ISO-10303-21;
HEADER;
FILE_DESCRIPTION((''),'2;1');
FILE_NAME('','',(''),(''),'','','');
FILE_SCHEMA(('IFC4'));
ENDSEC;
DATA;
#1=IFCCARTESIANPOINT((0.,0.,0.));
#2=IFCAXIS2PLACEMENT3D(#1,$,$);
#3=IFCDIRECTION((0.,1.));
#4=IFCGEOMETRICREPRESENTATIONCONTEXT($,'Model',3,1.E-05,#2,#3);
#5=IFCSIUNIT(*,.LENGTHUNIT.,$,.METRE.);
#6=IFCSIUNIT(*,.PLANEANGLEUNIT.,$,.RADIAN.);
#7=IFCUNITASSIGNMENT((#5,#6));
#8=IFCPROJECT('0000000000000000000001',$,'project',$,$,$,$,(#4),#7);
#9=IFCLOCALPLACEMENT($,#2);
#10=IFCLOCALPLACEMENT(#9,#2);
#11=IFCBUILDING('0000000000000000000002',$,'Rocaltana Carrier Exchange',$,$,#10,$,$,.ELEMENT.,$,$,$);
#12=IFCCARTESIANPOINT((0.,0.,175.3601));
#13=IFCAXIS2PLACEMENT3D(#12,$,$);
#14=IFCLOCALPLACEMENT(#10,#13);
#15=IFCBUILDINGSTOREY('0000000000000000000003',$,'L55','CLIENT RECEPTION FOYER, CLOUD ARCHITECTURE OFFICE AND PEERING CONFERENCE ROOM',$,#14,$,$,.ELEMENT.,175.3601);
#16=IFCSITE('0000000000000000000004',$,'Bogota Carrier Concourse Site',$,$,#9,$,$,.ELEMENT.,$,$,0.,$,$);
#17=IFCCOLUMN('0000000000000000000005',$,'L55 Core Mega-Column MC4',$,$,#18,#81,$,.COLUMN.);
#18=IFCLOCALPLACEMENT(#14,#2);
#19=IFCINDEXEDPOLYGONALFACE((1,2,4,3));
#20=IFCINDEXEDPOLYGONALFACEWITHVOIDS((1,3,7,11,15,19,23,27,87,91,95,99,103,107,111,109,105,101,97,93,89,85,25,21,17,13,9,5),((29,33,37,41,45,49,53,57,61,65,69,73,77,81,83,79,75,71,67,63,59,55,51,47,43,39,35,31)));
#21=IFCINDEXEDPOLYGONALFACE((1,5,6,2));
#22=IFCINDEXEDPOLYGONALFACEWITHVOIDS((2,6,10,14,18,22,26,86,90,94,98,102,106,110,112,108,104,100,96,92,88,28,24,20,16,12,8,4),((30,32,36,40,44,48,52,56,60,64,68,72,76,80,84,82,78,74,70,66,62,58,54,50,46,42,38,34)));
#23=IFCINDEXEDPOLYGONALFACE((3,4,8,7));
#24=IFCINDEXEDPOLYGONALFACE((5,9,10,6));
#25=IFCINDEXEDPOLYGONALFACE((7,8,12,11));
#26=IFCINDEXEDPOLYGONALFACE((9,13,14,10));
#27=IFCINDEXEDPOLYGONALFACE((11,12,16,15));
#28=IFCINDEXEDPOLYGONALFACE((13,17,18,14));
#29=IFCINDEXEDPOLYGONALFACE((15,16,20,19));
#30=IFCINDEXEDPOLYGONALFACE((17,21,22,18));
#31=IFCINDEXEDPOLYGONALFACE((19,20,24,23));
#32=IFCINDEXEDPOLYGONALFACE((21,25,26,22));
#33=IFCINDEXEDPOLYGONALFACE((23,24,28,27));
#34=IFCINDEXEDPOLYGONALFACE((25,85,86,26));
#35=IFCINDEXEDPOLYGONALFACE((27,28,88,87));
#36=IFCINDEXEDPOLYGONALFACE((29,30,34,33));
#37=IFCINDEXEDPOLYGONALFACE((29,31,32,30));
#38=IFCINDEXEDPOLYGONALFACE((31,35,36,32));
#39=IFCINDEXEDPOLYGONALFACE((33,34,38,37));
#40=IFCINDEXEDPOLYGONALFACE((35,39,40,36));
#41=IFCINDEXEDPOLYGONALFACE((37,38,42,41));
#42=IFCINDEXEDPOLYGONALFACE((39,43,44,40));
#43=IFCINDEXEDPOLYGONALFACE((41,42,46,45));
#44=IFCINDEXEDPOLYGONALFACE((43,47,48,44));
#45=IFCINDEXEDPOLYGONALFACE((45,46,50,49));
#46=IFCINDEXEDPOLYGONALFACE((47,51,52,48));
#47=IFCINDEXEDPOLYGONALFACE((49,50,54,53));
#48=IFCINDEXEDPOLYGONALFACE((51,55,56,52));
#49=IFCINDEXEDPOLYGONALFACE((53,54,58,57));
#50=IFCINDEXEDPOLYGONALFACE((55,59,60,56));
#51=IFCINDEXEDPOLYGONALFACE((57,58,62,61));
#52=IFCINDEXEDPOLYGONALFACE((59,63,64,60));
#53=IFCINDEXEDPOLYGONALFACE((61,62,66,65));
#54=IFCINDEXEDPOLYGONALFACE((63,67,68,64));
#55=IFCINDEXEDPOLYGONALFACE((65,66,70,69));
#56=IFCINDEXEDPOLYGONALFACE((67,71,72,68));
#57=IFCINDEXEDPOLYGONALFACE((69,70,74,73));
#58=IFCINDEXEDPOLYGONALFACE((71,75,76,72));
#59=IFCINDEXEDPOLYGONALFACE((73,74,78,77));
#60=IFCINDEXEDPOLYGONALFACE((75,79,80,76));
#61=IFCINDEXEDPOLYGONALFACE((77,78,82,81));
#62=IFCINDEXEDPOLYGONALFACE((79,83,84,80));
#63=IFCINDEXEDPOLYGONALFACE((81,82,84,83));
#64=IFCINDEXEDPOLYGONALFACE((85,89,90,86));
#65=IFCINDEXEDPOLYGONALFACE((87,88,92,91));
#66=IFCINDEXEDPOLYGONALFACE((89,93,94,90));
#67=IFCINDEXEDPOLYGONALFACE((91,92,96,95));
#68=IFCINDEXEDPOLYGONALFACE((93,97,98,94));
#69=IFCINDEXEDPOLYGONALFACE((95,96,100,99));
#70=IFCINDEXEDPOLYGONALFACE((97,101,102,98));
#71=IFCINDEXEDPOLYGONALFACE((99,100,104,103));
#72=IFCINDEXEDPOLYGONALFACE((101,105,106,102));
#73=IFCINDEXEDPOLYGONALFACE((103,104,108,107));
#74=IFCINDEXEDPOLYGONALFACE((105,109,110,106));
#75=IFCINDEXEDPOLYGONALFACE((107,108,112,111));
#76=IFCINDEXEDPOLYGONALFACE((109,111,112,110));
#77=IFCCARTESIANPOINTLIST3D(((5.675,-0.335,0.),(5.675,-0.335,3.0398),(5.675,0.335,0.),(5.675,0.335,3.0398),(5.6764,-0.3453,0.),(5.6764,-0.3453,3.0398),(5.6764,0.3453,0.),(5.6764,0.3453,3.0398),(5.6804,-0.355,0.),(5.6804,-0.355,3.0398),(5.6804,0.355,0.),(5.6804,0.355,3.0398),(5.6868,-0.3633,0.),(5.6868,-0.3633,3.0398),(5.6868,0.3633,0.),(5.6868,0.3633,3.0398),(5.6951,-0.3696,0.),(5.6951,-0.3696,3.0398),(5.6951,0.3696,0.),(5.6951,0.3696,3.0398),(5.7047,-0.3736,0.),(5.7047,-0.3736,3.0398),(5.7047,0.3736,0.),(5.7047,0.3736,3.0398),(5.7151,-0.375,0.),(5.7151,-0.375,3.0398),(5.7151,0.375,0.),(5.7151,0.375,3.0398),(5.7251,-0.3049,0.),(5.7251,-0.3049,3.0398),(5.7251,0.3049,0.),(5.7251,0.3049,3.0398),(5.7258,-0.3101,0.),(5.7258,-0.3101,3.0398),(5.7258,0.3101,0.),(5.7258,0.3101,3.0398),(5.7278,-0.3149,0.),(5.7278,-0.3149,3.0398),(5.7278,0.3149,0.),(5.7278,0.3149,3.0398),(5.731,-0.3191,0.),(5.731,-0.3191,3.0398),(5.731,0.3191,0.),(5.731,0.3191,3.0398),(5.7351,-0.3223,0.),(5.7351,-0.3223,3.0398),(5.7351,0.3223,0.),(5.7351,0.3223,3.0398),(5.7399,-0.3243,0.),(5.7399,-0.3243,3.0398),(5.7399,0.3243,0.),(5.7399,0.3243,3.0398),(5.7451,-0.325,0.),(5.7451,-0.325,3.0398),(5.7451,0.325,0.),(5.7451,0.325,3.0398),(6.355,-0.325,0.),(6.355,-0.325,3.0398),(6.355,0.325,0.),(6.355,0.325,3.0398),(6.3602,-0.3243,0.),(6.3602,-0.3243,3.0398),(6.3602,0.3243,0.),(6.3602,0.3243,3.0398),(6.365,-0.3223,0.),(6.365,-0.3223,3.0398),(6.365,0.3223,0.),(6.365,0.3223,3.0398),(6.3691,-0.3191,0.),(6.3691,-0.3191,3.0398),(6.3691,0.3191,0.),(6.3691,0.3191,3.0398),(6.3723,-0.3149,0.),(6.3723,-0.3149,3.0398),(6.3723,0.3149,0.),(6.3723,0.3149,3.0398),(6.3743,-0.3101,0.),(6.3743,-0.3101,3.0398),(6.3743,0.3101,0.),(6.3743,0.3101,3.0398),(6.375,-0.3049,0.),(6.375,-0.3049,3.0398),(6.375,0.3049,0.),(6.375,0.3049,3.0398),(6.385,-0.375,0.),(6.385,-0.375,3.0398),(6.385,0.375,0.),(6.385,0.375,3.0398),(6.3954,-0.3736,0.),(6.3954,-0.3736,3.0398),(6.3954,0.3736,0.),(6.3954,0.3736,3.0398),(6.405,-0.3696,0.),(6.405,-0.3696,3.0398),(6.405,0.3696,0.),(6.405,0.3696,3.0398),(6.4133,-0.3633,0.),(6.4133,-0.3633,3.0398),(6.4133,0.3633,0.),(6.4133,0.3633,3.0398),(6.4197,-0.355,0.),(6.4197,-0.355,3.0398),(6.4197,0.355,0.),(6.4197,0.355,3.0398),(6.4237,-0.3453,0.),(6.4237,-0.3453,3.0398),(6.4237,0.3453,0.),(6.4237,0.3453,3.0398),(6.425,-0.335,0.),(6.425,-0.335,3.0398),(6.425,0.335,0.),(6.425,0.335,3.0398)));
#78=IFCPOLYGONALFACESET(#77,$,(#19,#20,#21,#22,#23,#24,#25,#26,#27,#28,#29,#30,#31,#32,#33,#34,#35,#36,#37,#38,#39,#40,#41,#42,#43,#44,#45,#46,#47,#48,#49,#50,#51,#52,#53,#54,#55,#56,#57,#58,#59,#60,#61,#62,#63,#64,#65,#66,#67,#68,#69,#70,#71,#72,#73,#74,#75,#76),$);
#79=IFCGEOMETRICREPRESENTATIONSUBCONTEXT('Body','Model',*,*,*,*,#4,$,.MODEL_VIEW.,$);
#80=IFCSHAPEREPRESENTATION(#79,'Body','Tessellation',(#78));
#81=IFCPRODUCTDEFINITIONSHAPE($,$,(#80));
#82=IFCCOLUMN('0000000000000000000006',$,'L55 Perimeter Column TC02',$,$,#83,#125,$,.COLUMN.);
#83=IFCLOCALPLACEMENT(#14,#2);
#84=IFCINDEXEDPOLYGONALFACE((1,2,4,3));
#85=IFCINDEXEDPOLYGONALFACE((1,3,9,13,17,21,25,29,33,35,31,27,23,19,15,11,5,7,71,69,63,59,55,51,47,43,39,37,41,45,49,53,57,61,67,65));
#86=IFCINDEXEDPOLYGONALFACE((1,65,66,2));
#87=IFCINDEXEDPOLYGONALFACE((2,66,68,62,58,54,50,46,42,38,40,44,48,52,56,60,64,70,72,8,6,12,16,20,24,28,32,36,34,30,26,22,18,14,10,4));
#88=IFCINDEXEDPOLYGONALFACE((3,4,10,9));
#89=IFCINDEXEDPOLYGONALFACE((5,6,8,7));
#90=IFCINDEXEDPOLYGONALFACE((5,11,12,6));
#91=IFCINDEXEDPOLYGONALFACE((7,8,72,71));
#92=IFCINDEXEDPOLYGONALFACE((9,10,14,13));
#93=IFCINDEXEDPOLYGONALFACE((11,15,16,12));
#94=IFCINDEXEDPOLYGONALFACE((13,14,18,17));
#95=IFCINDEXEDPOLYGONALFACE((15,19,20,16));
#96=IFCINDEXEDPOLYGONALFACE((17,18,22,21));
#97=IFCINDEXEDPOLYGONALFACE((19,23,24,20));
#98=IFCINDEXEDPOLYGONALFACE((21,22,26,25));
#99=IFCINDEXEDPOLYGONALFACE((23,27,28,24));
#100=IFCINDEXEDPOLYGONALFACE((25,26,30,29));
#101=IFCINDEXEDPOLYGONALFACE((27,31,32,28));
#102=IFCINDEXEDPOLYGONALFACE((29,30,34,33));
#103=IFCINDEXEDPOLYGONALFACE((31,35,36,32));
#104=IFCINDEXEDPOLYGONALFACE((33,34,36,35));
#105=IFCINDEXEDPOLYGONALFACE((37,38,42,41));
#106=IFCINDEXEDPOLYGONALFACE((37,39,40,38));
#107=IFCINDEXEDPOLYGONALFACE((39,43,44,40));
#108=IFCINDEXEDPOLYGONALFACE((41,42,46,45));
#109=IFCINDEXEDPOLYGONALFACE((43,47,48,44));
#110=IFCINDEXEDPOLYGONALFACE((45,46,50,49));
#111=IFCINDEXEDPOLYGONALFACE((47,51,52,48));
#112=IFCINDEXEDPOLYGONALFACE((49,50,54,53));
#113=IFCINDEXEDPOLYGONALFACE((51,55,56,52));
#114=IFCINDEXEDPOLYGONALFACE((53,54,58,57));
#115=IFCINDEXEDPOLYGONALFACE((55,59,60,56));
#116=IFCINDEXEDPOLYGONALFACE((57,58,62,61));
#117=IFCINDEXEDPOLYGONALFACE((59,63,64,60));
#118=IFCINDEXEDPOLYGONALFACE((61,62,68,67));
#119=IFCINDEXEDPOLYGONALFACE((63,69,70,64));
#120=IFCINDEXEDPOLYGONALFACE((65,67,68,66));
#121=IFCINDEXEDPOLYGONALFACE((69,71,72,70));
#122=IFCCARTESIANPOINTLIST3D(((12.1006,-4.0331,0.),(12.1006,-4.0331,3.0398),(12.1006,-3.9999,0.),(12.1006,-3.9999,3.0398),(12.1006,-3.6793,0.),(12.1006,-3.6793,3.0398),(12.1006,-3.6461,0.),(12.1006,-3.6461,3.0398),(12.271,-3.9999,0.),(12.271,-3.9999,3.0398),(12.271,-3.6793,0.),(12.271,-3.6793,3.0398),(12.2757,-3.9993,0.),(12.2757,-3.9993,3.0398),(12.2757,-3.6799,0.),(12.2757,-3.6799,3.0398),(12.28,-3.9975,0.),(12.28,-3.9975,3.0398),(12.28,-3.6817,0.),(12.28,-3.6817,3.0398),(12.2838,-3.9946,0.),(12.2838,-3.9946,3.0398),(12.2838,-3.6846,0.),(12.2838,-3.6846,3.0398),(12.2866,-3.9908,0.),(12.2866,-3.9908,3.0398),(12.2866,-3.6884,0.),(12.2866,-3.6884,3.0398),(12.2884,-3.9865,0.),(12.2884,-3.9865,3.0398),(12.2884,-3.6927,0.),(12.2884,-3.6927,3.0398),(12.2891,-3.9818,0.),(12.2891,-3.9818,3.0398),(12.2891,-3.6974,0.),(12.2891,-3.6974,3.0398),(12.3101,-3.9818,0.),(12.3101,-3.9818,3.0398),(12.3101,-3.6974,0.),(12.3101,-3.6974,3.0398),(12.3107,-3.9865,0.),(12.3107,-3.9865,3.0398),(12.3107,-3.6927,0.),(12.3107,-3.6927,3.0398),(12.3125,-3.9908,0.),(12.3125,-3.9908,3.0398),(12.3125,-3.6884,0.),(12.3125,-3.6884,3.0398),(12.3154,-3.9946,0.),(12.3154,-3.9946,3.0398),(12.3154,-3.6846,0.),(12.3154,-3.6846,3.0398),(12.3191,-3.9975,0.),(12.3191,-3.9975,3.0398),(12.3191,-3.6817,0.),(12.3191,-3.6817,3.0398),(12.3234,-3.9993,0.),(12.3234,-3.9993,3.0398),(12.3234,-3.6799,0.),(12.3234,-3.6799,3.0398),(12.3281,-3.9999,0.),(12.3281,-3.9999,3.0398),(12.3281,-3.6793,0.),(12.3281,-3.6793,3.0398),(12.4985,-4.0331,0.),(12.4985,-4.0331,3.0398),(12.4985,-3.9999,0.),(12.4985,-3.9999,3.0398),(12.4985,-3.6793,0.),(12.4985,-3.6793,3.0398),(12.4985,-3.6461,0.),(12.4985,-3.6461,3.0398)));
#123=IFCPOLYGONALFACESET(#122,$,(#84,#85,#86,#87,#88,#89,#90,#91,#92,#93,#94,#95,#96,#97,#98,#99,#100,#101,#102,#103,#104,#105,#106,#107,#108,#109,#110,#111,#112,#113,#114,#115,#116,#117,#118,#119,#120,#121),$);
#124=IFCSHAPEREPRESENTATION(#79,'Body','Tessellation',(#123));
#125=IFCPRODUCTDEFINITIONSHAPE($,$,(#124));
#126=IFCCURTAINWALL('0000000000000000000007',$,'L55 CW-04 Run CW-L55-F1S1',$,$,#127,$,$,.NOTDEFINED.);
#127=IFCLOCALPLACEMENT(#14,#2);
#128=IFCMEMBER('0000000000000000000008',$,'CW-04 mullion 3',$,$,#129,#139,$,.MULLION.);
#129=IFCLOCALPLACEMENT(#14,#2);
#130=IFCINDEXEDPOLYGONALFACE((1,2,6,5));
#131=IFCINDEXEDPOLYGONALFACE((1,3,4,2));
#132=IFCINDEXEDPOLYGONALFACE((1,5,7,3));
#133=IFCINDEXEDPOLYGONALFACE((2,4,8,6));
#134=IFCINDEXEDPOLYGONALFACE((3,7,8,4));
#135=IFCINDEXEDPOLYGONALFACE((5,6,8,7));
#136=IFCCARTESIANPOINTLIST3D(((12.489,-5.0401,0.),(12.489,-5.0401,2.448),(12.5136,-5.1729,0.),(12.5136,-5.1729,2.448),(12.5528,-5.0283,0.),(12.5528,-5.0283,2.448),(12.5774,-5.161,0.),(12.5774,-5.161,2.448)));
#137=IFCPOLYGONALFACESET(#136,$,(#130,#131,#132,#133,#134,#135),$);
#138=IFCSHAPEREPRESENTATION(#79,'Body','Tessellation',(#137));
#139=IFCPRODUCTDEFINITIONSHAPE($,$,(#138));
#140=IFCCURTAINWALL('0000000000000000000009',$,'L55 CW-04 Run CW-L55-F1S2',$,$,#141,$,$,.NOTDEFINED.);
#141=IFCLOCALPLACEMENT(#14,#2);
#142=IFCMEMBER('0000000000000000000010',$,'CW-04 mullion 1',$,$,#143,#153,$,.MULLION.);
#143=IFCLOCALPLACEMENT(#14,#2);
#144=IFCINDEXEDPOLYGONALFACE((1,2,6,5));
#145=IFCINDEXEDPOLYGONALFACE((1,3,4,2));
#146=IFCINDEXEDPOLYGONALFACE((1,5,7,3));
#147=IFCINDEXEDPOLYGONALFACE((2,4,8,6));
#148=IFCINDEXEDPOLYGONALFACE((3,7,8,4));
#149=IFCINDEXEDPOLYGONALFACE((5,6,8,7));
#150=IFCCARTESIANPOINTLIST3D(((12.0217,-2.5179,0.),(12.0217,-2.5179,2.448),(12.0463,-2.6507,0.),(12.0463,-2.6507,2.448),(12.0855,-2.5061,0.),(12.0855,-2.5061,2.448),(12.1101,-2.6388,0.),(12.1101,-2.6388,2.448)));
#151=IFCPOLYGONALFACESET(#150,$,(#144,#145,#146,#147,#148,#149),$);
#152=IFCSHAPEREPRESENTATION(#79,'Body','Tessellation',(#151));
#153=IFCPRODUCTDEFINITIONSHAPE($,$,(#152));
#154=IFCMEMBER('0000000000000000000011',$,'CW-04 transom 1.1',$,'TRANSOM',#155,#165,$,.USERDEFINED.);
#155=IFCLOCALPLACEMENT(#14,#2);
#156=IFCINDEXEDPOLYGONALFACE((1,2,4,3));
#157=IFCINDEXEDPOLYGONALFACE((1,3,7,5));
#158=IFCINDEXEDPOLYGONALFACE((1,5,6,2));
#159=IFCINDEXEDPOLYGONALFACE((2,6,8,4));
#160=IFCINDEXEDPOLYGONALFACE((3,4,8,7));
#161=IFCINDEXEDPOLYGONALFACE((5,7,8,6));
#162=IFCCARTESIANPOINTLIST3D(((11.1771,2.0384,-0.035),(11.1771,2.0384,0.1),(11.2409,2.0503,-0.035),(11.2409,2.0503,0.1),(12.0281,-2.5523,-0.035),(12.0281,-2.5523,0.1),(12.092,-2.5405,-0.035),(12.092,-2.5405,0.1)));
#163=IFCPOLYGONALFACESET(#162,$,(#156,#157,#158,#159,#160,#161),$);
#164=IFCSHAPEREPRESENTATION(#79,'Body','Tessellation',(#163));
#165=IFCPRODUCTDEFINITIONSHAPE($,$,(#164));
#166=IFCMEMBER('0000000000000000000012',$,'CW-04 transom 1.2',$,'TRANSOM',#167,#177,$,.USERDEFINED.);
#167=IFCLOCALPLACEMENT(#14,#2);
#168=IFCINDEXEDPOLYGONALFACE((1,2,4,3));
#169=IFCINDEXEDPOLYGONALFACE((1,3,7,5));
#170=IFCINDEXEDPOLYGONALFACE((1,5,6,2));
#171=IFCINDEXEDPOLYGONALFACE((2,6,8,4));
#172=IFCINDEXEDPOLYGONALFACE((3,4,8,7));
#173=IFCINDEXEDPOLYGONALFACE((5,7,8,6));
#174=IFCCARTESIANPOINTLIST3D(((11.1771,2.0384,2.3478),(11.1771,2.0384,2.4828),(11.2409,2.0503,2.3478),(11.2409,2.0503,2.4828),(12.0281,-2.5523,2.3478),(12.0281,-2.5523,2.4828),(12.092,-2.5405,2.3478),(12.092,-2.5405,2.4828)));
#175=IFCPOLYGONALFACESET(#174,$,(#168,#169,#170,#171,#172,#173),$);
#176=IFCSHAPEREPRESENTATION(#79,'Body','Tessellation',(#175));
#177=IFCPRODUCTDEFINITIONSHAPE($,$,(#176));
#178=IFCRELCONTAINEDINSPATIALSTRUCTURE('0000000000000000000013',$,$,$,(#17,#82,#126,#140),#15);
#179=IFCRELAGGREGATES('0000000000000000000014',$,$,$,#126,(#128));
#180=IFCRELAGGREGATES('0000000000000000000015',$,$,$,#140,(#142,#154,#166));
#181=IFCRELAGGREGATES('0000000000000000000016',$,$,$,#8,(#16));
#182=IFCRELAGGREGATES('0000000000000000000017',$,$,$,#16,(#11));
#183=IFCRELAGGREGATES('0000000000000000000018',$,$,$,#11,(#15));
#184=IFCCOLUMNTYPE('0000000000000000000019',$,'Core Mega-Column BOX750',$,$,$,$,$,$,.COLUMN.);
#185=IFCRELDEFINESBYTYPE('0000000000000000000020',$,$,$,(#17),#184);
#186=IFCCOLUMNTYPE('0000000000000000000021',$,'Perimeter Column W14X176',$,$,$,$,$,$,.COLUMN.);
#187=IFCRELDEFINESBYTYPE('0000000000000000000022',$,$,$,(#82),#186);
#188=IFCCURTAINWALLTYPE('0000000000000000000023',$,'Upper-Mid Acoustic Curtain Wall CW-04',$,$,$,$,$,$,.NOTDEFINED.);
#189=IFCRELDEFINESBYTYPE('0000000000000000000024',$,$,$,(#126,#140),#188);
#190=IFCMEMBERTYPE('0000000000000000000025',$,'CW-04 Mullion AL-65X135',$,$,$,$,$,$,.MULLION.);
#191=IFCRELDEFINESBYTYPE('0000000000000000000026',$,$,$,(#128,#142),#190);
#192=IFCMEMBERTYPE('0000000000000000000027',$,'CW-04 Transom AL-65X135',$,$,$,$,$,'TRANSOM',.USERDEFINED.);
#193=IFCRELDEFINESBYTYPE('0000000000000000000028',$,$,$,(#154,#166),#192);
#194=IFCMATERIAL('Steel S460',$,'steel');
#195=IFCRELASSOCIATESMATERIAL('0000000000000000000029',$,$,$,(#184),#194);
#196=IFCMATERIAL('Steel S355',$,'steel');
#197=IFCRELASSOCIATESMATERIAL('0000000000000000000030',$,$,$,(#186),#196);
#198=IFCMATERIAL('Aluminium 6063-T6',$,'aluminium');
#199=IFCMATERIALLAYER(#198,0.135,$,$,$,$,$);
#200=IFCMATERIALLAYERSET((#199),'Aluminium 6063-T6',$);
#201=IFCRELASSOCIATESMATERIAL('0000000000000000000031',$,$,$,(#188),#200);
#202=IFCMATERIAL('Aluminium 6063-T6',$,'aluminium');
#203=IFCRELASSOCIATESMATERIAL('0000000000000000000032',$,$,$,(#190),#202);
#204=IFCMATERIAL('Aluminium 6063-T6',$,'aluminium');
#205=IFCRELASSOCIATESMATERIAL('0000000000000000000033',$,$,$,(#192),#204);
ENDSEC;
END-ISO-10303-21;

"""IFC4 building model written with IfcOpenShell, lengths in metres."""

from ifc_helpers import new_model, si_unit, direction, frame, origin, origin_2d, place, context, subcontext, project, spatial, rectangle, hollow_rectangle, i_section, extrude, material, layer, layer_set, material_profile, profile_set, type_object, element, aggregate, save


model = new_model("IFC4")

# Units and contexts
model_context = context("Model", 3, precision=1e-05, world=origin(), true_north=direction((0.0, 1.0)))
body_context = subcontext(model_context, "Body", "Model", "MODEL_VIEW")
ifc_project = project(units=[si_unit("LENGTHUNIT", "METRE"), si_unit("PLANEANGLEUNIT", "RADIAN")], contexts=[model_context])

# Site, building, storey
site_placement = place(None, origin())
site = spatial("IfcSite", under=ifc_project, at=site_placement, Name="Bogota Carrier Concourse Site", CompositionType="ELEMENT", RefElevation=0.0)
building_placement = place(site_placement, origin())
building = spatial("IfcBuilding", under=site, at=building_placement, Name="Rocaltana Carrier Exchange", CompositionType="ELEMENT")
storey_placement = place(building_placement, frame((0.0, 0.0, 175.3601)))
storey = spatial("IfcBuildingStorey", under=building, at=storey_placement, Name="L55", Description="CLIENT RECEPTION FOYER, CLOUD ARCHITECTURE OFFICE AND PEERING CONFERENCE ROOM", CompositionType="ELEMENT", Elevation=175.3601)

# Columns
ifc_material_1 = material(Name="Steel S460", Category="steel")
ifc_material_profile_1 = material_profile(ifc_material_1, hollow_rectangle(XDim=0.75, YDim=0.75, WallThickness=0.05, InnerFilletRadius=0.02, OuterFilletRadius=0.04, at=origin_2d()), Name="BOX750X750X50")
ifc_profile_set_1 = profile_set([ifc_material_profile_1], Name="Steel S460")
column_type_1 = type_object("IfcColumnType", Name="Core Mega-Column BOX750", PredefinedType="COLUMN", material=ifc_profile_set_1)
column_1_placement = place(storey_placement, frame((6.05, 0.0, 0.0), z_axis=(0.0, 0.0, 1.0), x_axis=(1.0, 0.0, 0.0)))
element("IfcColumn", 1, at=column_1_placement, inside=storey, type_object=column_type_1, Name="L55 Core Mega-Column MC4", PredefinedType="COLUMN", context=body_context, shape_type="SweptSolid", body=[
    extrude(hollow_rectangle(XDim=0.75, YDim=0.75, WallThickness=0.05, InnerFilletRadius=0.02, OuterFilletRadius=0.04, at=origin_2d()), origin(), (0.0, 0.0, 1.0), 3.0398),
])
ifc_material_2 = material(Name="Steel S355", Category="steel")
ifc_material_profile_2 = material_profile(ifc_material_2, i_section(OverallWidth=0.3979, OverallDepth=0.387, WebThickness=0.021, FlangeThickness=0.0332, FilletRadius=0.0181, at=origin_2d()), Name="W14X176")
ifc_profile_set_2 = profile_set([ifc_material_profile_2], Name="Steel S355")
column_type_2 = type_object("IfcColumnType", Name="Perimeter Column W14X176", PredefinedType="COLUMN", material=ifc_profile_set_2)
column_2_placement = place(storey_placement, frame((12.2996, -3.8396, 0.0), z_axis=(0.0, 0.0, 1.0), x_axis=(1.0, 0.0, 0.0)))
element("IfcColumn", 2, at=column_2_placement, inside=storey, type_object=column_type_2, Name="L55 Perimeter Column TC02", PredefinedType="COLUMN", context=body_context, shape_type="SweptSolid", body=[
    extrude(i_section(OverallWidth=0.3979, OverallDepth=0.387, WebThickness=0.021, FlangeThickness=0.0332, FilletRadius=0.0181, at=origin_2d()), origin(), (0.0, 0.0, 1.0), 3.0398),
])

# Curtain wall, member
ifc_material_3 = material(Name="Aluminium 6063-T6", Category="aluminium")
ifc_layer_1 = layer(ifc_material_3, 0.135)
ifc_layer_set_1 = layer_set([ifc_layer_1], Name="Aluminium 6063-T6")
curtain_wall_type = type_object("IfcCurtainWallType", Name="Upper-Mid Acoustic Curtain Wall CW-04", PredefinedType="NOTDEFINED", material=ifc_layer_set_1)
curtain_wall_1_placement = place(storey_placement, origin())
curtain_wall_1 = element("IfcCurtainWall", 3, at=curtain_wall_1_placement, inside=storey, type_object=curtain_wall_type, Name="L55 CW-04 Run CW-L55-F1S1", PredefinedType="NOTDEFINED")
ifc_material_4 = material(Name="Aluminium 6063-T6", Category="aluminium")
ifc_material_profile_3 = material_profile(ifc_material_4, rectangle(XDim=0.0649, YDim=0.135, at=origin_2d()), Name="AL-65X135")
ifc_profile_set_3 = profile_set([ifc_material_profile_3], Name="Aluminium 6063-T6")
member_type_1 = type_object("IfcMemberType", Name="CW-04 Mullion AL-65X135", PredefinedType="MULLION", material=ifc_profile_set_3)
member_1_placement = place(storey_placement, frame((12.5332, -5.1006, 0.0), z_axis=(0.0, 0.0, 1.0), x_axis=(-0.983255, -0.182234, 0.0)))
member_1 = element("IfcMember", 4, at=member_1_placement, type_object=member_type_1, Name="CW-04 mullion 3", PredefinedType="MULLION", context=body_context, shape_type="SweptSolid", body=[
    extrude(rectangle(XDim=0.0649, YDim=0.135, at=origin_2d()), origin(), (0.0, 0.0, 1.0), 2.448),
])

# Curtain wall, members
curtain_wall_2_placement = place(storey_placement, origin())
curtain_wall_2 = element("IfcCurtainWall", 5, at=curtain_wall_2_placement, inside=storey, type_object=curtain_wall_type, Name="L55 CW-04 Run CW-L55-F1S2", PredefinedType="NOTDEFINED")
member_2_placement = place(storey_placement, frame((12.0659, -2.5784, 0.0), z_axis=(0.0, 0.0, 1.0), x_axis=(-0.983255, -0.182236, 0.0)))
member_2 = element("IfcMember", 6, at=member_2_placement, type_object=member_type_1, Name="CW-04 mullion 1", PredefinedType="MULLION", context=body_context, shape_type="SweptSolid", body=[
    extrude(rectangle(XDim=0.0649, YDim=0.135, at=origin_2d()), origin(), (0.0, 0.0, 1.0), 2.448),
])
ifc_material_5 = material(Name="Aluminium 6063-T6", Category="aluminium")
ifc_material_profile_4 = material_profile(ifc_material_5, rectangle(XDim=0.0649, YDim=0.135, at=origin_2d()), Name="AL-65X135")
ifc_profile_set_4 = profile_set([ifc_material_profile_4], Name="Aluminium 6063-T6")
member_type_2 = type_object("IfcMemberType", Name="CW-04 Transom AL-65X135", ElementType="TRANSOM", PredefinedType="USERDEFINED", material=ifc_profile_set_4)
member_3_placement = place(storey_placement, frame((12.0601, -2.5464, 0.0325), z_axis=(-0.18228, 0.983247, 0.0), x_axis=(-0.983247, -0.18228, 0.0)))
member_3 = element("IfcMember", 7, at=member_3_placement, type_object=member_type_2, Name="CW-04 transom 1.1", ObjectType="TRANSOM", PredefinedType="USERDEFINED", context=body_context, shape_type="SweptSolid", body=[
    extrude(rectangle(XDim=0.0649, YDim=0.135, at=origin_2d()), origin(), (0.0, 0.0, 1.0), 4.6689),
])
member_4_placement = place(storey_placement, frame((12.0601, -2.5464, 2.4153), z_axis=(-0.18228, 0.983247, 0.0), x_axis=(-0.983247, -0.18228, 0.0)))
member_4 = element("IfcMember", 8, at=member_4_placement, type_object=member_type_2, Name="CW-04 transom 1.2", ObjectType="TRANSOM", PredefinedType="USERDEFINED", context=body_context, shape_type="SweptSolid", body=[
    extrude(rectangle(XDim=0.0649, YDim=0.135, at=origin_2d()), origin(), (0.0, 0.0, 1.0), 4.6689),
])

aggregate(curtain_wall_1, [member_1])
aggregate(curtain_wall_2, [member_2, member_3, member_4])

save(model, "model.ifc")
